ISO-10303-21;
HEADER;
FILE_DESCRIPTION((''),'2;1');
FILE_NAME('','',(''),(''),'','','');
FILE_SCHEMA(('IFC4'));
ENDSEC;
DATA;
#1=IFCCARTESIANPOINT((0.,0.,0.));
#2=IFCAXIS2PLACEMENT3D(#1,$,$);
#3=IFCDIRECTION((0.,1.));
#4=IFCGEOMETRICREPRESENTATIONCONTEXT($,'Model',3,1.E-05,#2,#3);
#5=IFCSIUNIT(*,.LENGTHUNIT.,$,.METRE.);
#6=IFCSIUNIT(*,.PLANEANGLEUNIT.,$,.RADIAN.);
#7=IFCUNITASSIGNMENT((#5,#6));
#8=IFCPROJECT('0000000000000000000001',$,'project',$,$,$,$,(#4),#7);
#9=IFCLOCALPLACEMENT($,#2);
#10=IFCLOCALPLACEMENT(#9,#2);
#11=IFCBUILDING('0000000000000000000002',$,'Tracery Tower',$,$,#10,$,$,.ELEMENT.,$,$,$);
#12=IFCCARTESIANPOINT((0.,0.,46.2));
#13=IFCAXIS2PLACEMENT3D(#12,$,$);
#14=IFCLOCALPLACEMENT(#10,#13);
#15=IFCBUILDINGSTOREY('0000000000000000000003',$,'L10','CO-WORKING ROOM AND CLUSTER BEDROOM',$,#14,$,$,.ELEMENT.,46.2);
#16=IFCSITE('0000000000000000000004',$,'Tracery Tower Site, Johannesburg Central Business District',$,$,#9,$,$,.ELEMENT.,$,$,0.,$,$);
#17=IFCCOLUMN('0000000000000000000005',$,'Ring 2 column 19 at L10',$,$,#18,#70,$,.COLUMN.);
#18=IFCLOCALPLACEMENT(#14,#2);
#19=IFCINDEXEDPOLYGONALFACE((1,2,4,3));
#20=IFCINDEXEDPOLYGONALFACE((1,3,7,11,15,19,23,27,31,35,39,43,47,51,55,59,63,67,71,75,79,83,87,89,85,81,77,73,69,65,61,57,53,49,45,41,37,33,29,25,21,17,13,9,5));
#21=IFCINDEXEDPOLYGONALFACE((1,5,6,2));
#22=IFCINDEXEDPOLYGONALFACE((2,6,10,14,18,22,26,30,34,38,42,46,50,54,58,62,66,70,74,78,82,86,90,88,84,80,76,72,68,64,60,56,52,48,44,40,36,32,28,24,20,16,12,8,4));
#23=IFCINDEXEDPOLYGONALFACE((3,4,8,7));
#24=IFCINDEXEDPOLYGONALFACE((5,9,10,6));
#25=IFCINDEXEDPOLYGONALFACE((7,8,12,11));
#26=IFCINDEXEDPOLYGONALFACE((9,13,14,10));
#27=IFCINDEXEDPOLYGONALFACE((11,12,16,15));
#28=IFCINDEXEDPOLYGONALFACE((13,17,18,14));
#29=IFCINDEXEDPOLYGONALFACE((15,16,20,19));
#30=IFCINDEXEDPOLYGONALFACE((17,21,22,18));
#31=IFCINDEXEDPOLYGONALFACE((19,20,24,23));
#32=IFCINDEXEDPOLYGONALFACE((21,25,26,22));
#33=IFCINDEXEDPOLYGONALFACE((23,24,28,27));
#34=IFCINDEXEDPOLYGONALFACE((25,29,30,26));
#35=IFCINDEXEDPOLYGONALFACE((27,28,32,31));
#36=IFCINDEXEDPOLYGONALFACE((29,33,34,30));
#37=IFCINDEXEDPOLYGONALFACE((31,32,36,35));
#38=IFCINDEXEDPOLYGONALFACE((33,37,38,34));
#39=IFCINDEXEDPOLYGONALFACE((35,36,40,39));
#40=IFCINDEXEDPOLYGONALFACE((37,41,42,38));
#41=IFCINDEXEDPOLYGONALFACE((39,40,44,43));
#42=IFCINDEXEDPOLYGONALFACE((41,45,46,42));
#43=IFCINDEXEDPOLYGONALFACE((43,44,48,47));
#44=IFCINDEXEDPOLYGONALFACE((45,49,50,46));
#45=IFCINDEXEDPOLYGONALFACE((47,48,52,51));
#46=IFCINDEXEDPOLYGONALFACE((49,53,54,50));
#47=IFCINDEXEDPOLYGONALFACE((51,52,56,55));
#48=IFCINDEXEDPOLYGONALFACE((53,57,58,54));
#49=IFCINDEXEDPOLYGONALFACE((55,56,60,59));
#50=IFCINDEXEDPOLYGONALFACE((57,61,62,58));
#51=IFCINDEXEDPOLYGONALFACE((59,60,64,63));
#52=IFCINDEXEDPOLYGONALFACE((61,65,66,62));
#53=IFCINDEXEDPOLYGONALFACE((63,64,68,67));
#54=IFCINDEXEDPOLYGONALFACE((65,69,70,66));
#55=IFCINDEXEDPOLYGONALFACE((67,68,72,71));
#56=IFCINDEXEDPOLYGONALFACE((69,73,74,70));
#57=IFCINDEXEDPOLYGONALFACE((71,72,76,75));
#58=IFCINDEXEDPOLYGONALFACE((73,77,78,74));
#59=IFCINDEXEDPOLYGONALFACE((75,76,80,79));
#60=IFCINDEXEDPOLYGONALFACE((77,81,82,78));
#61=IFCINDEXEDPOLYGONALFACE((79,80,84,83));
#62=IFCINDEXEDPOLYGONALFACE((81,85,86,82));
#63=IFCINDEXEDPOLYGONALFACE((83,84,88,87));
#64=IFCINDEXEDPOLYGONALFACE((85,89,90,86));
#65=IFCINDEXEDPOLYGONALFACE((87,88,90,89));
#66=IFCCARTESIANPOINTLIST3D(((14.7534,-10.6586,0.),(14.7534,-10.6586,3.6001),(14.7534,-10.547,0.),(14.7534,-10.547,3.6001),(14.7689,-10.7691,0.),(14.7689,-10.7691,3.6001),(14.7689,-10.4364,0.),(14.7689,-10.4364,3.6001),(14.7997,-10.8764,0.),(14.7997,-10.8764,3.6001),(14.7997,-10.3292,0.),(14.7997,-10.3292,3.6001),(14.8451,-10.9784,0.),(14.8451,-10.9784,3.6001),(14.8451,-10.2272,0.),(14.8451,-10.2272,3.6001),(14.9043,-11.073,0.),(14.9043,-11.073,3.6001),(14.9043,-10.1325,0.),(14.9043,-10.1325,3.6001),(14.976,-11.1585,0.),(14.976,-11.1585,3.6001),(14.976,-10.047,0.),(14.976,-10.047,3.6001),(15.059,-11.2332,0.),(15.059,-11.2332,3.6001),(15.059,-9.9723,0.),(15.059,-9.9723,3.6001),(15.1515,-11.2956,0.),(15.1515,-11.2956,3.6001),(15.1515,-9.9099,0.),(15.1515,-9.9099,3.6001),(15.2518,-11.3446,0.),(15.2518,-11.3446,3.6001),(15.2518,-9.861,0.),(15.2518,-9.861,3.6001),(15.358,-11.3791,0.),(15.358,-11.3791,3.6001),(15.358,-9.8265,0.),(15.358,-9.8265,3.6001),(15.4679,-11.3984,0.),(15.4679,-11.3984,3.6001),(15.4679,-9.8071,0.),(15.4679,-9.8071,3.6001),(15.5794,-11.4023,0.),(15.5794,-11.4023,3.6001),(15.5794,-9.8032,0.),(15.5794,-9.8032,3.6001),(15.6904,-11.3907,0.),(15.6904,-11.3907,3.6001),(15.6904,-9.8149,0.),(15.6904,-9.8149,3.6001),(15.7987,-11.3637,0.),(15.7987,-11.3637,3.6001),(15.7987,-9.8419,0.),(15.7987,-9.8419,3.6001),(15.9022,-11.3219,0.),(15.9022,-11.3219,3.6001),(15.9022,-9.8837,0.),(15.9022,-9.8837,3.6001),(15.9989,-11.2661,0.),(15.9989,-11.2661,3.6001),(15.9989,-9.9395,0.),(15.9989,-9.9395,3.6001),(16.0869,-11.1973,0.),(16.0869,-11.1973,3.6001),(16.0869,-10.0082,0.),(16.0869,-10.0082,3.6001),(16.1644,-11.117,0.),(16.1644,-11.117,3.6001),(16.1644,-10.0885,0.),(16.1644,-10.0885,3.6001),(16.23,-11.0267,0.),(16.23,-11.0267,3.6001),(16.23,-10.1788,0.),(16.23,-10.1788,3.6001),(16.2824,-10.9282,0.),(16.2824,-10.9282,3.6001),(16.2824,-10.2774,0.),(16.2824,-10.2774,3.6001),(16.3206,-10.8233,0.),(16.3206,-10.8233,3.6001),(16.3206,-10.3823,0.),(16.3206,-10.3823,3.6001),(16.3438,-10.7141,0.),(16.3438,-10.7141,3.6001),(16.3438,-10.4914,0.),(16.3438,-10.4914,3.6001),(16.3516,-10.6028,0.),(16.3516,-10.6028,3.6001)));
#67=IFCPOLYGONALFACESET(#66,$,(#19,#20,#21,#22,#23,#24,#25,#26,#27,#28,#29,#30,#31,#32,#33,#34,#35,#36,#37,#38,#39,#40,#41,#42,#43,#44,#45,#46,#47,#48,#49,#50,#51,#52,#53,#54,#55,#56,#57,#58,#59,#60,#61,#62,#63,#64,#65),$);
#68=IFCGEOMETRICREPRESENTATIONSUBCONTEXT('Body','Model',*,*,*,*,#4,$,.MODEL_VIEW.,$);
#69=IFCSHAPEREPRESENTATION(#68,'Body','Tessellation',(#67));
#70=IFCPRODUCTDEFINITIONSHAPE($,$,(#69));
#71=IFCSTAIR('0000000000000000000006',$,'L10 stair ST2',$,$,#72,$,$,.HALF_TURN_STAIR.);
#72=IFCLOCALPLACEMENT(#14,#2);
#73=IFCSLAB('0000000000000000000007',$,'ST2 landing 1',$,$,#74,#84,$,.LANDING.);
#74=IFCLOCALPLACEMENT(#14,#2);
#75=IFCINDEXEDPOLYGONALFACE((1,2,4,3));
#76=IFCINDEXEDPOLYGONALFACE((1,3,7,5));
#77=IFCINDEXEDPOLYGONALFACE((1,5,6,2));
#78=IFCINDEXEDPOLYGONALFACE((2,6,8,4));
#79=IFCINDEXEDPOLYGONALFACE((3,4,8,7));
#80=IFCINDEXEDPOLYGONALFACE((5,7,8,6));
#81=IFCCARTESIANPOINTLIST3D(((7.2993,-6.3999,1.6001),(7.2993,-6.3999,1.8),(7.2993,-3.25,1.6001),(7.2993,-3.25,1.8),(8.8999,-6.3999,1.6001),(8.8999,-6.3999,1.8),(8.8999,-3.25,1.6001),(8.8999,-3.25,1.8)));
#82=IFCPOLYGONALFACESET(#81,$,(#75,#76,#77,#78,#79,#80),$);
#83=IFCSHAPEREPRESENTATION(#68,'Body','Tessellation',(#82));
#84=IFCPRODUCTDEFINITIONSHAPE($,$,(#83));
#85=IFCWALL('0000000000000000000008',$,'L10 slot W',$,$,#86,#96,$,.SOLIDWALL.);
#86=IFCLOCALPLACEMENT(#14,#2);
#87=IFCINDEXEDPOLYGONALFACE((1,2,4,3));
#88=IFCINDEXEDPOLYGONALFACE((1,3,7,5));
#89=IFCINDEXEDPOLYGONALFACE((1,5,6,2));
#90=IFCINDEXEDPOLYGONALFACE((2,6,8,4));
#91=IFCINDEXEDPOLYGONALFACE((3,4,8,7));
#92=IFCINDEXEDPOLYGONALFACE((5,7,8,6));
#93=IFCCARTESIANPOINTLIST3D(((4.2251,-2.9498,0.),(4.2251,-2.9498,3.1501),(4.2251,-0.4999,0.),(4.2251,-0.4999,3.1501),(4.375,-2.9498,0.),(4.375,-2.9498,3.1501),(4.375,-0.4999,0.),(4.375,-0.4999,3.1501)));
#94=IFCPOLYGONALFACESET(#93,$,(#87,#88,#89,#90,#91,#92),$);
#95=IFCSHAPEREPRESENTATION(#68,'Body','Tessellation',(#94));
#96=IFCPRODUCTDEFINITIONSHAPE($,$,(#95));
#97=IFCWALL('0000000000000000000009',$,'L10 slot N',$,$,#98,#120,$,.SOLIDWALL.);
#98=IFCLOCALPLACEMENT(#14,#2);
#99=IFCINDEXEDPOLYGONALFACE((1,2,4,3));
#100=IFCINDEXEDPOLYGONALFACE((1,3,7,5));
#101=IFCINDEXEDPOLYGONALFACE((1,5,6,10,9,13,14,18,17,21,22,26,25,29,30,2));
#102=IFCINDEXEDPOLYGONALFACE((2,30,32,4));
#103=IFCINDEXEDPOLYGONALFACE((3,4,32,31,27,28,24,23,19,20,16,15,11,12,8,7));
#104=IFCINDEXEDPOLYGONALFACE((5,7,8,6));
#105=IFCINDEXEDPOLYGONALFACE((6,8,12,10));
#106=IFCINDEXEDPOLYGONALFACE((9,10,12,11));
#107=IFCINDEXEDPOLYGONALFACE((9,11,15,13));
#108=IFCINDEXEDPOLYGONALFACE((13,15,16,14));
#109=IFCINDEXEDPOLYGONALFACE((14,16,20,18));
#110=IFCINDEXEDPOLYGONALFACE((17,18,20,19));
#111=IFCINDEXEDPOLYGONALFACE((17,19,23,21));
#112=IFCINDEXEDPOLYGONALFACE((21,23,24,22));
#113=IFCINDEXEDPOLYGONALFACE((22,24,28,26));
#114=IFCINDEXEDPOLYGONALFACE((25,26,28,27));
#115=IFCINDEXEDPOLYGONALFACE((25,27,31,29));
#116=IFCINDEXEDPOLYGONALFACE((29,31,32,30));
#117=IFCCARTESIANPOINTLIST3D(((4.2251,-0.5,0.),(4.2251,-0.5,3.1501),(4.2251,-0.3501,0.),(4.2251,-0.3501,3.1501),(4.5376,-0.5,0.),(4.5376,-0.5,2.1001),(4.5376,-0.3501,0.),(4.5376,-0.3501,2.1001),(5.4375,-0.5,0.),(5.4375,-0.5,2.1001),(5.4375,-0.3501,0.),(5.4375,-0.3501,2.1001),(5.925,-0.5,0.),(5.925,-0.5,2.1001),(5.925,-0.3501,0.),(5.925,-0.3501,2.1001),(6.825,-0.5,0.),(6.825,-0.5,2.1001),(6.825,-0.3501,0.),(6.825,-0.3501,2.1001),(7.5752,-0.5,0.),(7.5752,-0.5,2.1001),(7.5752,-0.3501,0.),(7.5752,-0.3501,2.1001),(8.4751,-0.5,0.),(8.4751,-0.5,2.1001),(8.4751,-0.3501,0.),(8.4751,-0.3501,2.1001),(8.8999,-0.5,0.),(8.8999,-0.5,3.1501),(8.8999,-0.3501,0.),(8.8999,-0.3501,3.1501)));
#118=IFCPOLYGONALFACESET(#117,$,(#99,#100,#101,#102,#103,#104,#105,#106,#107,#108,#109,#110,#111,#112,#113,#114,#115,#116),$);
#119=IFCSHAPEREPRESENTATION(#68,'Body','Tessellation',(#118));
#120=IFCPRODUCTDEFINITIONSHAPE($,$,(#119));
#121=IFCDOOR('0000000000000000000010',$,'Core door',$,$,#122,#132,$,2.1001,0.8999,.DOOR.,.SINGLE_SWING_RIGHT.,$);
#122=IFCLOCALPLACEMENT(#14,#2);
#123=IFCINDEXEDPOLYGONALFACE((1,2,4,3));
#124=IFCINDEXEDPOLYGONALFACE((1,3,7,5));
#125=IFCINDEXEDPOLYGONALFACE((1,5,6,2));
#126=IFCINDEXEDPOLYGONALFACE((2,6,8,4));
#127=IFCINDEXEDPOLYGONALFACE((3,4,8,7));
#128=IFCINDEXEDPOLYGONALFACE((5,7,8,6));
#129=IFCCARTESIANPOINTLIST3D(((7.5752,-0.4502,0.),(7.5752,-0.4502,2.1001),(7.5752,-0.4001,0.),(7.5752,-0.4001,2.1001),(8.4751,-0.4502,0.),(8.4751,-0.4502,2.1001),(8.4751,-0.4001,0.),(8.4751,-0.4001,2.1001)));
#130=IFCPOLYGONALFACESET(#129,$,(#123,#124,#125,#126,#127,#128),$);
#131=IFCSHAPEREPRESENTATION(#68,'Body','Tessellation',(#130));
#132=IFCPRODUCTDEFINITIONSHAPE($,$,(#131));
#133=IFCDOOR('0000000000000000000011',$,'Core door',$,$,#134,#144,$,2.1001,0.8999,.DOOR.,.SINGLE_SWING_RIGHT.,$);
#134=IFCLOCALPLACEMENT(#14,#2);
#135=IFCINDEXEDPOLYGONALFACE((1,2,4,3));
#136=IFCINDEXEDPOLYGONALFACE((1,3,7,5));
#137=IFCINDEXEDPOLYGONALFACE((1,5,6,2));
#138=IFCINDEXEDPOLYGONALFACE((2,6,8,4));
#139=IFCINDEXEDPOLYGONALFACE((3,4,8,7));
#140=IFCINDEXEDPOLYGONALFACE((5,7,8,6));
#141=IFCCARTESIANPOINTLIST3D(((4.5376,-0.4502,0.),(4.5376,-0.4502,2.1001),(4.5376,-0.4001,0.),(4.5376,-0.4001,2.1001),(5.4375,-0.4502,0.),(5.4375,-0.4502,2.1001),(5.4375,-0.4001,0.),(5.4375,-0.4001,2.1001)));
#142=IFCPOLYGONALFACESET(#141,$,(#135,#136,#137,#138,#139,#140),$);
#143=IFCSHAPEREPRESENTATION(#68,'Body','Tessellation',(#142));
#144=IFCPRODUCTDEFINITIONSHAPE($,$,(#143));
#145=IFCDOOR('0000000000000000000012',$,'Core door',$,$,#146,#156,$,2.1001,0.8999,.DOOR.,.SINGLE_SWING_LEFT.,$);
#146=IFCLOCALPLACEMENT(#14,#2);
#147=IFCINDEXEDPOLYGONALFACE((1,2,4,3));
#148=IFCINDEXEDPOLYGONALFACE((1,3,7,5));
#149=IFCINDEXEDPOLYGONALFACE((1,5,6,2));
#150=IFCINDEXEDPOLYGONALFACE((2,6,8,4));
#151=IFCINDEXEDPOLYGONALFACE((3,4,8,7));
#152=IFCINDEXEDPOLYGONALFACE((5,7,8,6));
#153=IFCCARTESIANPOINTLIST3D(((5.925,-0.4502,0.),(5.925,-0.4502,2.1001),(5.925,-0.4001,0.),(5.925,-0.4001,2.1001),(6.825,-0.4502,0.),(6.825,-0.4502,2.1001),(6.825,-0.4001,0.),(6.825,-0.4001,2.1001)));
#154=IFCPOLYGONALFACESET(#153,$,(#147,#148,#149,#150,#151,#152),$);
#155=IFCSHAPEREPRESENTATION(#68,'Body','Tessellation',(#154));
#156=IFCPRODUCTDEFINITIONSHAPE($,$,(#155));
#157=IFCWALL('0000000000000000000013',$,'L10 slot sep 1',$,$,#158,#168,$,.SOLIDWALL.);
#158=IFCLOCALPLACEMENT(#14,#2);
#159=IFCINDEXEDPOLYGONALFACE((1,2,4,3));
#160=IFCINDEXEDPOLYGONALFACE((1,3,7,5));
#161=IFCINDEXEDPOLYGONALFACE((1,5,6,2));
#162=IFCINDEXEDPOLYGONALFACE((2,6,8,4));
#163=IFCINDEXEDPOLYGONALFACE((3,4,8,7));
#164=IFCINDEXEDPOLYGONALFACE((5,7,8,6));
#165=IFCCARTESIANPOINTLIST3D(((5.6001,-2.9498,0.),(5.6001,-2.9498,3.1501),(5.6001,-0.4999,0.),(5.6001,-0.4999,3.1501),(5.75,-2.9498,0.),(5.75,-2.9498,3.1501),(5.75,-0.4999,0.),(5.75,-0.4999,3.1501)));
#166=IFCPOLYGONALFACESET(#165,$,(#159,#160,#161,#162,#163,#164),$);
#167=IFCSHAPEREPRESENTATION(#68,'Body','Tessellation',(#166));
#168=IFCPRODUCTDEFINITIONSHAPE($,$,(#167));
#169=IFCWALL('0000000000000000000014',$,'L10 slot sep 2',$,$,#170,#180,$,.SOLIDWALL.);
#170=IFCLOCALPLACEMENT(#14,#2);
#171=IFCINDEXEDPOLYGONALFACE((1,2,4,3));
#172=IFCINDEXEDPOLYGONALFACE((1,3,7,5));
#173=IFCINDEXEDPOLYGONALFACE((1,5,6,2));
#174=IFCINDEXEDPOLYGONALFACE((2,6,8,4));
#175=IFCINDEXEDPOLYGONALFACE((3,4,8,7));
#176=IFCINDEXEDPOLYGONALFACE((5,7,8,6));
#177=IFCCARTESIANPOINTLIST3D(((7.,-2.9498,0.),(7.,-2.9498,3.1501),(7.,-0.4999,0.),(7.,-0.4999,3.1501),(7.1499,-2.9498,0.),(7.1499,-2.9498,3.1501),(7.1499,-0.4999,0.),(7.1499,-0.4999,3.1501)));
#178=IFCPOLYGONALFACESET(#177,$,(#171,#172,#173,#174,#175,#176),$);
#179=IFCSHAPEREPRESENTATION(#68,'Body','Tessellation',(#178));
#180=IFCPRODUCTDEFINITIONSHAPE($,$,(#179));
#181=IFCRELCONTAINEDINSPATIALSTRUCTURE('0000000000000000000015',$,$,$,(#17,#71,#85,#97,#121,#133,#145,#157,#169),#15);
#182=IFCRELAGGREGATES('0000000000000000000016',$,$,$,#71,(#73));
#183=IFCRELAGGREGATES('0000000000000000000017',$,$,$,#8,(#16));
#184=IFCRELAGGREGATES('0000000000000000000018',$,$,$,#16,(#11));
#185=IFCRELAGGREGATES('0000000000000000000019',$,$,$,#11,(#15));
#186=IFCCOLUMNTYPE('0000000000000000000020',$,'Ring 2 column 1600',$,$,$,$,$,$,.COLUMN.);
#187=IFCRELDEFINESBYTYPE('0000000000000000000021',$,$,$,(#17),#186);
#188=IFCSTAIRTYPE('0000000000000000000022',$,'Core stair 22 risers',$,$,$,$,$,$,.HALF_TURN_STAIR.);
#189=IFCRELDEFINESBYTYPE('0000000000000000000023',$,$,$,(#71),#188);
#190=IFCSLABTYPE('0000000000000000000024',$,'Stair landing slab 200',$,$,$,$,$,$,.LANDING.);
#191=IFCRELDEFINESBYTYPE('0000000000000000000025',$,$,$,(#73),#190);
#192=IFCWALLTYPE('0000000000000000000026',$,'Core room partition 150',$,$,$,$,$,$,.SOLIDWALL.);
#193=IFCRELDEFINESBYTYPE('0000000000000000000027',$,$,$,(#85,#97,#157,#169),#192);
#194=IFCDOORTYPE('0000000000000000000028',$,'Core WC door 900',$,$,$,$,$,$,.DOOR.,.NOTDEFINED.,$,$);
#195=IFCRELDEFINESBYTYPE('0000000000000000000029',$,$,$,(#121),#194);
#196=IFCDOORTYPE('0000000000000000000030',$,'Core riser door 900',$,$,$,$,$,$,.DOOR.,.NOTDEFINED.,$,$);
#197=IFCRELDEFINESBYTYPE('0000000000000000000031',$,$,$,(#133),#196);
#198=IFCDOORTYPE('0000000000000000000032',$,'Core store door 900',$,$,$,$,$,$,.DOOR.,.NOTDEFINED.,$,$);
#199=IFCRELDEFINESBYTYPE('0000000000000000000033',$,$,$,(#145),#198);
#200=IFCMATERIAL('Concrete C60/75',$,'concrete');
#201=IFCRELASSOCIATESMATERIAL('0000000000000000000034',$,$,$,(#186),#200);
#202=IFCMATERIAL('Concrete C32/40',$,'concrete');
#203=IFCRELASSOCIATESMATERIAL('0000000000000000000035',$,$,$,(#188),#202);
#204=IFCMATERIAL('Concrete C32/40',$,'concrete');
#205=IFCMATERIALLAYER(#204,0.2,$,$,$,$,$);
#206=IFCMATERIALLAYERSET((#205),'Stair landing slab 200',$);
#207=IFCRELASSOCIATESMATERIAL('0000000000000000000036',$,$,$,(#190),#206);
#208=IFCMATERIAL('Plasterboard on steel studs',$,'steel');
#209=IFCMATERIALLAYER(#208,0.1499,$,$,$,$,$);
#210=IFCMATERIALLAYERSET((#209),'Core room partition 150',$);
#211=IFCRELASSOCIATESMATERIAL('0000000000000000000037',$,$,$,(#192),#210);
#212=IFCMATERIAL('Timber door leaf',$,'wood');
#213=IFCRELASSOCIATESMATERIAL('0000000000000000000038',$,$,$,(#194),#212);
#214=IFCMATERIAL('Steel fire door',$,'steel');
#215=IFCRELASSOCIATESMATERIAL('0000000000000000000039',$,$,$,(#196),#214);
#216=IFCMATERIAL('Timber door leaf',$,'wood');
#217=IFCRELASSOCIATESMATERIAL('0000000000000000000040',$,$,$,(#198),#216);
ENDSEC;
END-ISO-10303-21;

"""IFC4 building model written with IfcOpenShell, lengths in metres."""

from ifc_helpers import new_model, si_unit, direction, frame, frame_2d, origin, origin_2d, place, context, subcontext, project, spatial, polyline, rectangle, circle, outline, extrude, material, layer, layer_set, material_profile, profile_set, type_object, element, fill, aggregate, save


model = new_model("IFC4")

# Units and contexts
model_context = context("Model", 3, precision=1e-05, world=origin(), true_north=direction((0.0, 1.0)))
body_context = subcontext(model_context, "Body", "Model", "MODEL_VIEW")
ifc_project = project(units=[si_unit("LENGTHUNIT", "METRE"), si_unit("PLANEANGLEUNIT", "RADIAN")], contexts=[model_context])

# Site, building, storey
site_placement = place(None, origin())
site = spatial("IfcSite", under=ifc_project, at=site_placement, Name="Tracery Tower Site, Johannesburg Central Business District", CompositionType="ELEMENT", RefElevation=0.0)
building_placement = place(site_placement, origin())
building = spatial("IfcBuilding", under=site, at=building_placement, Name="Tracery Tower", CompositionType="ELEMENT")
storey_placement = place(building_placement, frame((0.0, 0.0, 46.2)))
storey = spatial("IfcBuildingStorey", under=building, at=storey_placement, Name="L10", Description="CO-WORKING ROOM AND CLUSTER BEDROOM", CompositionType="ELEMENT", Elevation=46.2)

# Column
ifc_material_1 = material(Name="Concrete C60/75", Category="concrete")
ifc_material_profile = material_profile(ifc_material_1, circle(Radius=0.8, at=origin_2d()), Name="RC D1600")
ifc_profile_set = profile_set([ifc_material_profile], Name="Concrete C60/75")
column_type = type_object("IfcColumnType", Name="Ring 2 column 1600", PredefinedType="COLUMN", material=ifc_profile_set)
column_placement = place(storey_placement, frame((15.5515, -10.6028, 0.0), z_axis=(0.0, 0.0, 1.0), x_axis=(1.0, 0.0, 0.0)))
element("IfcColumn", 1, at=column_placement, inside=storey, type_object=column_type, Name="Ring 2 column 19 at L10", PredefinedType="COLUMN", context=body_context, shape_type="SweptSolid", body=[
    extrude(circle(Radius=0.8, at=origin_2d()), origin(), (0.0, 0.0, 1.0), 3.6001),
])

# Stair, slab
ifc_material_2 = material(Name="Concrete C32/40", Category="concrete")
stair_type = type_object("IfcStairType", Name="Core stair 22 risers", PredefinedType="HALF_TURN_STAIR", material=ifc_material_2)
stair_placement = place(storey_placement, origin())
stair = element("IfcStair", 2, at=stair_placement, inside=storey, type_object=stair_type, Name="L10 stair ST2", PredefinedType="HALF_TURN_STAIR")
ifc_material_3 = material(Name="Concrete C32/40", Category="concrete")
ifc_layer_1 = layer(ifc_material_3, 0.2)
ifc_layer_set_1 = layer_set([ifc_layer_1], Name="Stair landing slab 200")
slab_type = type_object("IfcSlabType", Name="Stair landing slab 200", PredefinedType="LANDING", material=ifc_layer_set_1)
slab_placement = place(storey_placement, frame((0.0, 0.0, 1.6001)))
slab = element("IfcSlab", 3, at=slab_placement, type_object=slab_type, Name="ST2 landing 1", PredefinedType="LANDING", context=body_context, shape_type="SweptSolid", body=[
    extrude(outline(polyline([(7.2993, -6.3999), (8.8999, -6.3999), (8.8999, -3.25), (7.2993, -3.25), (7.2993, -6.3999)])), origin(), (0.0, 0.0, 1.0), 0.2),
])

# Wall
ifc_material_4 = material(Name="Plasterboard on steel studs", Category="steel")
ifc_layer_2 = layer(ifc_material_4, 0.1499)
ifc_layer_set_2 = layer_set([ifc_layer_2], Name="Core room partition 150")
wall_type_1 = type_object("IfcWallType", Name="Core room partition 150", PredefinedType="SOLIDWALL", material=ifc_layer_set_2)
wall_1_placement = place(storey_placement, frame((4.3, -2.95, 0.0), z_axis=(0.0, 0.0, 1.0), x_axis=(0.0, 1.0, 0.0)))
element("IfcWall", 4, at=wall_1_placement, inside=storey, type_object=wall_type_1, Name="L10 slot W", PredefinedType="SOLIDWALL", context=body_context, shape_type="SweptSolid", body=[
    extrude(rectangle(XDim=2.45, YDim=0.1499, at=frame_2d((1.2251, 0.0))), origin(), (0.0, 0.0, 1.0), 3.1501),
])

# Wall, openings, doors
wall_2_placement = place(storey_placement, frame((4.2251, -0.425, 0.0), z_axis=(0.0, 0.0, 1.0), x_axis=(1.0, 0.0, 0.0)))
wall_2 = element("IfcWall", 5, at=wall_2_placement, inside=storey, type_object=wall_type_1, Name="L10 slot N", PredefinedType="SOLIDWALL", context=body_context, shape_type="SweptSolid", body=[
    extrude(rectangle(XDim=4.6748, YDim=0.1499, at=frame_2d((2.3374, 0.0))), origin(), (0.0, 0.0, 1.0), 3.1501),
])
opening_1_placement = place(wall_2_placement, frame((0.3125, 0.0, 0.0)))
opening_1 = element("IfcOpeningElement", 6, at=opening_1_placement, cuts=wall_2, PredefinedType="OPENING", context=body_context, shape_type="SweptSolid", body=[
    extrude(rectangle(XDim=0.8999, YDim=2.1001, at=frame_2d((0.45, 1.05))), frame((0.0, 0.075, 0.0), z_axis=(0.0, -1.0, 0.0), x_axis=(1.0, 0.0, 0.0)), (0.0, 0.0, 1.0), 0.1499),
])
opening_2_placement = place(wall_2_placement, frame((1.7, 0.0, 0.0)))
opening_2 = element("IfcOpeningElement", 7, at=opening_2_placement, cuts=wall_2, PredefinedType="OPENING", context=body_context, shape_type="SweptSolid", body=[
    extrude(rectangle(XDim=0.8999, YDim=2.1001, at=frame_2d((0.45, 1.05))), frame((0.0, 0.075, 0.0), z_axis=(0.0, -1.0, 0.0), x_axis=(1.0, 0.0, 0.0)), (0.0, 0.0, 1.0), 0.1499),
])
opening_3_placement = place(wall_2_placement, frame((3.3501, 0.0, 0.0)))
opening_3 = element("IfcOpeningElement", 8, at=opening_3_placement, cuts=wall_2, PredefinedType="OPENING", context=body_context, shape_type="SweptSolid", body=[
    extrude(rectangle(XDim=0.8999, YDim=2.1001, at=frame_2d((0.45, 1.05))), frame((0.0, 0.075, 0.0), z_axis=(0.0, -1.0, 0.0), x_axis=(1.0, 0.0, 0.0)), (0.0, 0.0, 1.0), 0.1499),
])
ifc_material_5 = material(Name="Timber door leaf", Category="wood")
door_type_1 = type_object("IfcDoorType", Name="Core WC door 900", OperationType="NOTDEFINED", PredefinedType="DOOR", material=ifc_material_5)
door_1_placement = place(opening_3_placement, origin())
door_1 = element("IfcDoor", 9, at=door_1_placement, inside=storey, type_object=door_type_1, Name="Core door", OperationType="SINGLE_SWING_RIGHT", OverallHeight=2.1001, OverallWidth=0.8999, PredefinedType="DOOR", context=body_context, shape_type="SweptSolid", body=[
    extrude(rectangle(XDim=0.8999, YDim=2.1001, at=frame_2d((0.45, 1.05))), frame((0.0, 0.0249, 0.0), z_axis=(0.0, -1.0, 0.0), x_axis=(1.0, 0.0, 0.0)), (0.0, 0.0, 1.0), 0.05),
])
fill(opening_3, door_1)
ifc_material_6 = material(Name="Steel fire door", Category="steel")
door_type_2 = type_object("IfcDoorType", Name="Core riser door 900", OperationType="NOTDEFINED", PredefinedType="DOOR", material=ifc_material_6)
door_2_placement = place(opening_1_placement, origin())
door_2 = element("IfcDoor", 10, at=door_2_placement, inside=storey, type_object=door_type_2, Name="Core door", OperationType="SINGLE_SWING_RIGHT", OverallHeight=2.1001, OverallWidth=0.8999, PredefinedType="DOOR", context=body_context, shape_type="SweptSolid", body=[
    extrude(rectangle(XDim=0.8999, YDim=2.1001, at=frame_2d((0.45, 1.05))), frame((0.0, 0.0249, 0.0), z_axis=(0.0, -1.0, 0.0), x_axis=(1.0, 0.0, 0.0)), (0.0, 0.0, 1.0), 0.05),
])
fill(opening_1, door_2)
ifc_material_7 = material(Name="Timber door leaf", Category="wood")
door_type_3 = type_object("IfcDoorType", Name="Core store door 900", OperationType="NOTDEFINED", PredefinedType="DOOR", material=ifc_material_7)
door_3_placement = place(opening_2_placement, origin())
door_3 = element("IfcDoor", 11, at=door_3_placement, inside=storey, type_object=door_type_3, Name="Core door", OperationType="SINGLE_SWING_LEFT", OverallHeight=2.1001, OverallWidth=0.8999, PredefinedType="DOOR", context=body_context, shape_type="SweptSolid", body=[
    extrude(rectangle(XDim=0.8999, YDim=2.1001, at=frame_2d((0.45, 1.05))), frame((0.0, 0.0249, 0.0), z_axis=(0.0, -1.0, 0.0), x_axis=(1.0, 0.0, 0.0)), (0.0, 0.0, 1.0), 0.05),
])
fill(opening_2, door_3)

# Walls
for number, where, z_axis, x_axis, name in (
    (12, (5.675, -2.95, 0.0), (0.0, 0.0, 1.0), (0.0, 1.0, 0.0), "L10 slot sep 1"),
    (13, (7.075, -2.95, 0.0), (0.0, 0.0, 1.0), (0.0, 1.0, 0.0), "L10 slot sep 2"),
):
    element("IfcWall", number, at=place(storey_placement, frame(where, z_axis=z_axis, x_axis=x_axis)), inside=storey, type_object=wall_type_1, Name=name, PredefinedType="SOLIDWALL", context=body_context, shape_type="SweptSolid", body=[
        extrude(rectangle(XDim=2.45, YDim=0.1499, at=frame_2d((1.2251, 0.0))), origin(), (0.0, 0.0, 1.0), 3.1501),
    ])

aggregate(stair, [slab])

save(model, "model.ifc")
